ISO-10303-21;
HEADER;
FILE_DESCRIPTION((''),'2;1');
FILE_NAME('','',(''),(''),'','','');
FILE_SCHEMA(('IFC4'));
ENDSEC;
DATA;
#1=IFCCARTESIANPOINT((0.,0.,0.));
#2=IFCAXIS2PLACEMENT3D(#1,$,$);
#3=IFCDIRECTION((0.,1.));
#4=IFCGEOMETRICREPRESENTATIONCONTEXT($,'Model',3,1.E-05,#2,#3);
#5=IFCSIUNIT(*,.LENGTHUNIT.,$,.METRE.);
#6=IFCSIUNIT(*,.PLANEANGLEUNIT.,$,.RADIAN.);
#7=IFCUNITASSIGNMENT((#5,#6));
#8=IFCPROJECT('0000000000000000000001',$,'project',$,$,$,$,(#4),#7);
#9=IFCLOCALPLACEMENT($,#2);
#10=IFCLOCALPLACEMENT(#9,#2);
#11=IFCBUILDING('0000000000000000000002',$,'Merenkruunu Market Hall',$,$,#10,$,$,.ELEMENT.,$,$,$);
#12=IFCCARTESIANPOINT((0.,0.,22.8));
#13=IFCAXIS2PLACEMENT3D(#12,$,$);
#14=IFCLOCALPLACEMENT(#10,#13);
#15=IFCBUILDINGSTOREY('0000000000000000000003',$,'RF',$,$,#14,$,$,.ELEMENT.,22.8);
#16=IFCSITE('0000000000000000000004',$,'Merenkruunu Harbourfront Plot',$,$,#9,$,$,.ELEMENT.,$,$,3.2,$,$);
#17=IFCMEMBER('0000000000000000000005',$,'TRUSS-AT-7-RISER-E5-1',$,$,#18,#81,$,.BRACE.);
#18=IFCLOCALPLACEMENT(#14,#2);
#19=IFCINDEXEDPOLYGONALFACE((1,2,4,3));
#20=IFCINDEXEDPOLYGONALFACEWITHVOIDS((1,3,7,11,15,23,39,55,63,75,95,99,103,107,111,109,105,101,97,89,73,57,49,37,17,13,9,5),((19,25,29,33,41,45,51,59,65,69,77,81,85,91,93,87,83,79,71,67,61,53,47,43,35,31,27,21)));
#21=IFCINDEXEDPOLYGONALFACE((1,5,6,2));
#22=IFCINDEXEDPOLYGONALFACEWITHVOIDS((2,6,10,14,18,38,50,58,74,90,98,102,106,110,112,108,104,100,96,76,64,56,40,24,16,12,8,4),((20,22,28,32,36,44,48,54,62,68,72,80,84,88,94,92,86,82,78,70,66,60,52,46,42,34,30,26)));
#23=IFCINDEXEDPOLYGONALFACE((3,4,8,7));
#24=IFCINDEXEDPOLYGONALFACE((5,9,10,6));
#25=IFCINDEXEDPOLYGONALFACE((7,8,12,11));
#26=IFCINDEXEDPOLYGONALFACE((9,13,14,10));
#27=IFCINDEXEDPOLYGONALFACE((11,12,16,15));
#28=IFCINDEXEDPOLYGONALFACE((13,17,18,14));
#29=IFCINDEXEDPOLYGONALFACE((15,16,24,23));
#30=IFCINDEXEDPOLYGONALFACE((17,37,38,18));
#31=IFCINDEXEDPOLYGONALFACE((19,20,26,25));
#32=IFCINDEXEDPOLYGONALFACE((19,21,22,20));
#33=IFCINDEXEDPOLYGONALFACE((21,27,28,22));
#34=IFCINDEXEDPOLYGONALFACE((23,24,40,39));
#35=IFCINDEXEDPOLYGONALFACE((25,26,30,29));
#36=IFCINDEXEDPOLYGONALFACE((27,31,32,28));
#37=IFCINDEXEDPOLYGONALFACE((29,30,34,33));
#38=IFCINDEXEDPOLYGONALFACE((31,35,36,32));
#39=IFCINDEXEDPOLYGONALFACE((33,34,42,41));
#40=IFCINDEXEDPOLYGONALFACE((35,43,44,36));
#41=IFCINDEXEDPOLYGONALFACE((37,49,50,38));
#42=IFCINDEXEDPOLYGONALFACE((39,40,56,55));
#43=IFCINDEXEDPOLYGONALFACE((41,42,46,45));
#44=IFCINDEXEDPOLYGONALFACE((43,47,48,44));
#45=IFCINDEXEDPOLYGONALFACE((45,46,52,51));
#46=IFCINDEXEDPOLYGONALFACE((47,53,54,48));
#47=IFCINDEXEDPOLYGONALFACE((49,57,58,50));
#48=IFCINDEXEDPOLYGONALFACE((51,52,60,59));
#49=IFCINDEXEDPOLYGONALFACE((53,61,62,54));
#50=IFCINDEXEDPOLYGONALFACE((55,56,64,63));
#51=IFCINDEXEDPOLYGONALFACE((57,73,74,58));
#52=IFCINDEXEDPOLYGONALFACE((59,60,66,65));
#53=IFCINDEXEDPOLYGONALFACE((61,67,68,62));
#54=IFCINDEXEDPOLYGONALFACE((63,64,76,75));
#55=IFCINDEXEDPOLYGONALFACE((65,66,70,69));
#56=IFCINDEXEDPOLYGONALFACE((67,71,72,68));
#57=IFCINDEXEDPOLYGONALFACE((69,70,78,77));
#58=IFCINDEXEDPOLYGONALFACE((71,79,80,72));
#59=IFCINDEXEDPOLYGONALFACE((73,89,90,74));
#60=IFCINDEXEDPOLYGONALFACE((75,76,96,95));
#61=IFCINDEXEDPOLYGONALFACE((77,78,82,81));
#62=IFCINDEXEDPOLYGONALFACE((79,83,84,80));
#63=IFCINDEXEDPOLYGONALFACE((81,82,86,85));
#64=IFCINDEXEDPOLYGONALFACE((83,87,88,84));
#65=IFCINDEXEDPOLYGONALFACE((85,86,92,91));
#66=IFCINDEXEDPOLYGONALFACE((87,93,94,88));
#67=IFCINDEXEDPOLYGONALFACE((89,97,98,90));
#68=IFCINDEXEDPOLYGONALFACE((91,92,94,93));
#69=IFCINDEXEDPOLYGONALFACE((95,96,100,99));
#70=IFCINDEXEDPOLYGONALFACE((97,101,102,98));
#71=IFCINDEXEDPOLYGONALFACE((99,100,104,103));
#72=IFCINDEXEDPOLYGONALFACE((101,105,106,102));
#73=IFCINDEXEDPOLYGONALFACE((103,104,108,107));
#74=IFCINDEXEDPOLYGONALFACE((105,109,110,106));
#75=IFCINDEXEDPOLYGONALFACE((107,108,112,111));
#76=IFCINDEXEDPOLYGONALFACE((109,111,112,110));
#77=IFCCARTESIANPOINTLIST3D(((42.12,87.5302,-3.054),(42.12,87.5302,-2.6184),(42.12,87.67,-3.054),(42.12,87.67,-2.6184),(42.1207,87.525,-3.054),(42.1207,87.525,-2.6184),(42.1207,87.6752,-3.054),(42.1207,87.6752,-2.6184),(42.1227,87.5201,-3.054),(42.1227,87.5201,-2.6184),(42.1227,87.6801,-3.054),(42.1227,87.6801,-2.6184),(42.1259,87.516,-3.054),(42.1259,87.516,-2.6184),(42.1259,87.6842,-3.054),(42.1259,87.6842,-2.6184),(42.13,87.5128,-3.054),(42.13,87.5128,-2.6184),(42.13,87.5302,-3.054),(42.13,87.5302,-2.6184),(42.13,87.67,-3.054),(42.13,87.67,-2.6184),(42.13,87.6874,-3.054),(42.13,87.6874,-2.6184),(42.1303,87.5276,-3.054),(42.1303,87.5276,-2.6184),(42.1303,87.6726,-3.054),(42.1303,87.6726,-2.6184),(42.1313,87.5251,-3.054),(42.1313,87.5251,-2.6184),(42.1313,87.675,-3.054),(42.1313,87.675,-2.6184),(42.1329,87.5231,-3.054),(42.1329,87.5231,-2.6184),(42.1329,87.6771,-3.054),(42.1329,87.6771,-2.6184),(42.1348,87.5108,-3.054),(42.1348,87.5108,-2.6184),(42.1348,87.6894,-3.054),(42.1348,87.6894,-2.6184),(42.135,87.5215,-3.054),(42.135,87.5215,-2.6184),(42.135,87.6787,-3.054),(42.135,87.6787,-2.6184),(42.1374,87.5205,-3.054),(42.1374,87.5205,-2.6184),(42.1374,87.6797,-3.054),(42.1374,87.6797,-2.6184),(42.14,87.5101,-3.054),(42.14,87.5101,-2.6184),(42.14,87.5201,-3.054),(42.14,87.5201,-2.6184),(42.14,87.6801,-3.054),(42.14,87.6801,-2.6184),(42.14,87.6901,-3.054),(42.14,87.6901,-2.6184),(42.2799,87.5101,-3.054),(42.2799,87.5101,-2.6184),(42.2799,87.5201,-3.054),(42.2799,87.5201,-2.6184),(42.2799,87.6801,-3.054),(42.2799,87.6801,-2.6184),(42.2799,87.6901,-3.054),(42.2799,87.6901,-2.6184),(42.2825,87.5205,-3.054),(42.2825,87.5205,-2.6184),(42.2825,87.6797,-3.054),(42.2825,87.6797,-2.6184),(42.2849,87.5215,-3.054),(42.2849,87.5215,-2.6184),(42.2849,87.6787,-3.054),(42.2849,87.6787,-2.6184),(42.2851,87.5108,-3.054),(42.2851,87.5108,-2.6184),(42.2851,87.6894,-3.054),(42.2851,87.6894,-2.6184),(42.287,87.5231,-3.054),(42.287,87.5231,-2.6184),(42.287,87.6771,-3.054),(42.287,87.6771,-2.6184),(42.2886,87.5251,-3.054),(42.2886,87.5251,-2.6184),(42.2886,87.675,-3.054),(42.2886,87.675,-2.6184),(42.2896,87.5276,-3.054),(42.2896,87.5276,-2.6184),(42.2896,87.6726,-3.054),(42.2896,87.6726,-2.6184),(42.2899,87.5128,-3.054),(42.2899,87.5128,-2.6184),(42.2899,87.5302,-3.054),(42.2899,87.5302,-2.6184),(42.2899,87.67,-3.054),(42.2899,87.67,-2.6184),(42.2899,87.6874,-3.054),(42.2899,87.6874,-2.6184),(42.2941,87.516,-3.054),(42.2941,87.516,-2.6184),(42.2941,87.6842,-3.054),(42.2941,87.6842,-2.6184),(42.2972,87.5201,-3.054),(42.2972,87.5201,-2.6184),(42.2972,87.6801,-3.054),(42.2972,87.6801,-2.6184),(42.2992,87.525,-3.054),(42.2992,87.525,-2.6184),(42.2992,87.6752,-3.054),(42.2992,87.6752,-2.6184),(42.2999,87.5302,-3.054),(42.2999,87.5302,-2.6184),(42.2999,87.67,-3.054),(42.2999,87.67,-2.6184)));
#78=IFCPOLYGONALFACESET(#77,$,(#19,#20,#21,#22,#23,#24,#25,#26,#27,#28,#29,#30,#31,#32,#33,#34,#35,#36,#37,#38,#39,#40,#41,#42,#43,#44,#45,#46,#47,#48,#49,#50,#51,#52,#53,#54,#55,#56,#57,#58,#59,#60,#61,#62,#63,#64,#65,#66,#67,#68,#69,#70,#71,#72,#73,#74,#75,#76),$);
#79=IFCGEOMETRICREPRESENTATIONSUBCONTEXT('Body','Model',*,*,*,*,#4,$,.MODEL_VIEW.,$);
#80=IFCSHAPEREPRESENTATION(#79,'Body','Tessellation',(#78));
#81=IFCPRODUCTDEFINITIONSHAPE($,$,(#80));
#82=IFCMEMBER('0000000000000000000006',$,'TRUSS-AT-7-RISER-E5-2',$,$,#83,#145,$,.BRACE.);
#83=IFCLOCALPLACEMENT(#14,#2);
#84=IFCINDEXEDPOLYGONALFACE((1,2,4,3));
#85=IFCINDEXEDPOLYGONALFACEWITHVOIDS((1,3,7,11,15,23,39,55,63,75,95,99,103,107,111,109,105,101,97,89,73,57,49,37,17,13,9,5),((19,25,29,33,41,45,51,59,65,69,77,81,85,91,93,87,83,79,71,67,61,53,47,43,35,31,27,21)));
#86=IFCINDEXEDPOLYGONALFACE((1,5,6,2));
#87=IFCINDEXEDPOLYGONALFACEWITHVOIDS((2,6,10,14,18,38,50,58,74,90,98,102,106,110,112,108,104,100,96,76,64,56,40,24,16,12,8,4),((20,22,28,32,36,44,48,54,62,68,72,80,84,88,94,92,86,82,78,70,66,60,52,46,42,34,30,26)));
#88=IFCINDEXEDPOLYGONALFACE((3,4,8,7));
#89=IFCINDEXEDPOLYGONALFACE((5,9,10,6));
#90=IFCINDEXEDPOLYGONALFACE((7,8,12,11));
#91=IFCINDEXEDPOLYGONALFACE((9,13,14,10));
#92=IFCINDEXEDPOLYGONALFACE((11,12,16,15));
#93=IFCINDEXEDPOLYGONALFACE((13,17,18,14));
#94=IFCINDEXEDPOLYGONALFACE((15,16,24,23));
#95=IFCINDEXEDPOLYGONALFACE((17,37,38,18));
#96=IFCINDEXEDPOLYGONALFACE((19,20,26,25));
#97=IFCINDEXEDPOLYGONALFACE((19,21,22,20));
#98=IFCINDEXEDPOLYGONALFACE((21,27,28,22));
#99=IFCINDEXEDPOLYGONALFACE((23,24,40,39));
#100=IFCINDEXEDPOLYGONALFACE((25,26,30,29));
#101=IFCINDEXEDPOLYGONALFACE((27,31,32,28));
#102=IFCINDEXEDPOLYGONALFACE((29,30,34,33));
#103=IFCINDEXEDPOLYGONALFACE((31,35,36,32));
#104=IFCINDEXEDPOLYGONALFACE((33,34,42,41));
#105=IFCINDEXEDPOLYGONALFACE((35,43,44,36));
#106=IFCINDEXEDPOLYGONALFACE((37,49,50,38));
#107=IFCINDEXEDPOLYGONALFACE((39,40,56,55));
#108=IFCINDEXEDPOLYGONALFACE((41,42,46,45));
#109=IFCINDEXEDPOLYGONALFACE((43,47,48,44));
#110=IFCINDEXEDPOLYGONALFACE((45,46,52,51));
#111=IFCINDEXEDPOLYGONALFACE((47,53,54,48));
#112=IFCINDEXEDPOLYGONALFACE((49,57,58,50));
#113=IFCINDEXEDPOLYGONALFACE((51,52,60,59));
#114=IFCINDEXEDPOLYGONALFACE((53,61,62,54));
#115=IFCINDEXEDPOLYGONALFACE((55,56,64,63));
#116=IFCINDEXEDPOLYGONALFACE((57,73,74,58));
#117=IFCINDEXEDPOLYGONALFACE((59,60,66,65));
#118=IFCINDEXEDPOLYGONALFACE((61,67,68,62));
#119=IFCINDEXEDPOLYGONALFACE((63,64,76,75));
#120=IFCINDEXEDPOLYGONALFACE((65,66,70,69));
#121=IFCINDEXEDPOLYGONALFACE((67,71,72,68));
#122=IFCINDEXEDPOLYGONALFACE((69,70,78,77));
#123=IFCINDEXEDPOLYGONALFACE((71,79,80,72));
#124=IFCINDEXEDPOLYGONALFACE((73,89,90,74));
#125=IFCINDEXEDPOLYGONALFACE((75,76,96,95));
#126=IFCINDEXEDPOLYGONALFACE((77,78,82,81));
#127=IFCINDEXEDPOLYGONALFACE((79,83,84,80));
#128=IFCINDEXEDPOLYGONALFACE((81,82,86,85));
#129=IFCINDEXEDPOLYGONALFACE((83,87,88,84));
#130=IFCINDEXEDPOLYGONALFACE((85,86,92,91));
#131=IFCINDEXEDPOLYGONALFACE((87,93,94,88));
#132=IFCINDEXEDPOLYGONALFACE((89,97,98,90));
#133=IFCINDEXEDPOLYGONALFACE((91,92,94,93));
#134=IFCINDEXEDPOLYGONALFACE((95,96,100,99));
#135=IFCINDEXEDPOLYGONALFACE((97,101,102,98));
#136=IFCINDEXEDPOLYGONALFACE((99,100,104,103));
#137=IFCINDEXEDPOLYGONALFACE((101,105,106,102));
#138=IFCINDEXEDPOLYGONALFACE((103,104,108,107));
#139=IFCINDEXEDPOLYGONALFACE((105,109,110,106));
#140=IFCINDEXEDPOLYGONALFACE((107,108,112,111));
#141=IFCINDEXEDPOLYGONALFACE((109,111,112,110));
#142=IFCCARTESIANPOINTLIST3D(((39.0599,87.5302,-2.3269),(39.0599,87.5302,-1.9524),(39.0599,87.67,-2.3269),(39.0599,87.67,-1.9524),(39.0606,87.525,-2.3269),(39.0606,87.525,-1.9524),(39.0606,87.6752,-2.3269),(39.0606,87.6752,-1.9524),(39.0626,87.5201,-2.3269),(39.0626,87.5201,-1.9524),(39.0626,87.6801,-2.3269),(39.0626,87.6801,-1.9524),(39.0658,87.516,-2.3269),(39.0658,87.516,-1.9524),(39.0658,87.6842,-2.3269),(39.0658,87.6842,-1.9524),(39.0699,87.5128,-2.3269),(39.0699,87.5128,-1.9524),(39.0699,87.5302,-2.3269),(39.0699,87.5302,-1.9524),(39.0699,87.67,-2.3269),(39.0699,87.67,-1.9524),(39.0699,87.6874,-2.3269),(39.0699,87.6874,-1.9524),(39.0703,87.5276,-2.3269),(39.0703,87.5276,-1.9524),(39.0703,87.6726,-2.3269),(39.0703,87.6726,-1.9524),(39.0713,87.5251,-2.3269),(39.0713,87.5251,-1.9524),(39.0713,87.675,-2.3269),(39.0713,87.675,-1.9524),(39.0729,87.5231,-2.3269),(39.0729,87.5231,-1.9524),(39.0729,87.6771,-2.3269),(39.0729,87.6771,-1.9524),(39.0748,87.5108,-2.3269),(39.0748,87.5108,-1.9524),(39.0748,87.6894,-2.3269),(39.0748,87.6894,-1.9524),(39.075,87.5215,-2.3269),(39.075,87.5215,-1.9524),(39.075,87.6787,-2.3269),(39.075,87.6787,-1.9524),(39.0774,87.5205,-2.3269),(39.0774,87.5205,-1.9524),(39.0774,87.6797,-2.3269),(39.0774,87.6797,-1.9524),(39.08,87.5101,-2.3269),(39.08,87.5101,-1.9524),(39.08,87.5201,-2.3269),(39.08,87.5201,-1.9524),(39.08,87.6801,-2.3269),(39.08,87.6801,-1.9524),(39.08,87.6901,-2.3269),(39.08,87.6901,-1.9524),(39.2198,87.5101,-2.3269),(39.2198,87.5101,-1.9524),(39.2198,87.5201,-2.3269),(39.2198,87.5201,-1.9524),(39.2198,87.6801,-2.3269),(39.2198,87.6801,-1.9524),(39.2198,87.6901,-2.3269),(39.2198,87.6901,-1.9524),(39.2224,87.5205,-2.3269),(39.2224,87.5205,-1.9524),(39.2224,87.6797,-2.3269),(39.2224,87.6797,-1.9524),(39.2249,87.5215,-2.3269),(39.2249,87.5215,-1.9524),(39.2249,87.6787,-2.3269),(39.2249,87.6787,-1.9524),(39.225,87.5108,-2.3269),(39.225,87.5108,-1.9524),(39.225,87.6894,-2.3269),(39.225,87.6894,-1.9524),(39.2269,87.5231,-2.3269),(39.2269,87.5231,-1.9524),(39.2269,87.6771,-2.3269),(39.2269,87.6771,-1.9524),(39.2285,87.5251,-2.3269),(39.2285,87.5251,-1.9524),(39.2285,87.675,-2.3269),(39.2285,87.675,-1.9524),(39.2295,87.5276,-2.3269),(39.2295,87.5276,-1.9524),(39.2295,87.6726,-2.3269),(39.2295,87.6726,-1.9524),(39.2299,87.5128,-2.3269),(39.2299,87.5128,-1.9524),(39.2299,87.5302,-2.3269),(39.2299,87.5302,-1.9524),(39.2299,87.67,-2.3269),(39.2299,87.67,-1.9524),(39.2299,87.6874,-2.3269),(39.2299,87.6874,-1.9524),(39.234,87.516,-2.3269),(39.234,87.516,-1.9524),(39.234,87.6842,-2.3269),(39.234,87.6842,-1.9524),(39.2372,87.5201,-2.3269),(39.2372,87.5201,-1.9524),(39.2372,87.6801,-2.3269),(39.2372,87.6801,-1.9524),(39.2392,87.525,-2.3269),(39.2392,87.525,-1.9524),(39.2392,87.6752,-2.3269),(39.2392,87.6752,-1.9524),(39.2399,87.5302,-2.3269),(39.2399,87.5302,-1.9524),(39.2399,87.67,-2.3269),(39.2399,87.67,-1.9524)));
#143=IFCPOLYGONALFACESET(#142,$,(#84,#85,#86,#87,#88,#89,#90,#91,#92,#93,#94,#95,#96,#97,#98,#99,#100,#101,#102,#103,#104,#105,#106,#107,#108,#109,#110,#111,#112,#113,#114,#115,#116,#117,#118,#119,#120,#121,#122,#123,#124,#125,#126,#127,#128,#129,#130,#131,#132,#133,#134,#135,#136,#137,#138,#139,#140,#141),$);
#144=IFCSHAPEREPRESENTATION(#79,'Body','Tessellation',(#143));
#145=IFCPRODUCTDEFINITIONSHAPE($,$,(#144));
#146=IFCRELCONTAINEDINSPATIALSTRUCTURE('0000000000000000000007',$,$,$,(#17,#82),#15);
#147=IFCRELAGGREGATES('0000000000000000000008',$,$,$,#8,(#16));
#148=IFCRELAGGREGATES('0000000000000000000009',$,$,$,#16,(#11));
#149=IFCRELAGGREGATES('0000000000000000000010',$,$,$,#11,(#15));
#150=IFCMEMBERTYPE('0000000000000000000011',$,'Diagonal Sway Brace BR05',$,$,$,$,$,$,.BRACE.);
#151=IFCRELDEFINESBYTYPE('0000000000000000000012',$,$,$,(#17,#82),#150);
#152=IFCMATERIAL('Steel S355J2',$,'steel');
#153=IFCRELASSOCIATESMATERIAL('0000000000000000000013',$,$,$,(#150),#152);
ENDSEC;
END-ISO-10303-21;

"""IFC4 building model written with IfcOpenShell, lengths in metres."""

from ifc_helpers import new_model, si_unit, direction, frame, origin, origin_2d, place, context, subcontext, project, spatial, hollow_rectangle, extrude, material, material_profile, profile_set, type_object, element, save


model = new_model("IFC4")

# Units and contexts
model_context = context("Model", 3, precision=1e-05, world=origin(), true_north=direction((0.0, 1.0)))
body_context = subcontext(model_context, "Body", "Model", "MODEL_VIEW")
ifc_project = project(units=[si_unit("LENGTHUNIT", "METRE"), si_unit("PLANEANGLEUNIT", "RADIAN")], contexts=[model_context])

# Site, building, storey
site_placement = place(None, origin())
site = spatial("IfcSite", under=ifc_project, at=site_placement, Name="Merenkruunu Harbourfront Plot", CompositionType="ELEMENT", RefElevation=3.2)
building_placement = place(site_placement, origin())
building = spatial("IfcBuilding", under=site, at=building_placement, Name="Merenkruunu Market Hall", CompositionType="ELEMENT")
storey_placement = place(building_placement, frame((0.0, 0.0, 22.8)))
storey = spatial("IfcBuildingStorey", under=building, at=storey_placement, Name="RF", CompositionType="ELEMENT", Elevation=22.8)

# Members
ifc_material_1 = material(Name="Steel S355J2", Category="steel")
ifc_material_profile_1 = material_profile(ifc_material_1, hollow_rectangle(XDim=0.1799, YDim=0.1799, WallThickness=0.01, InnerFilletRadius=0.01, OuterFilletRadius=0.02, at=origin_2d()), Name="SHS 180x180x10")
ifc_profile_set_1 = profile_set([ifc_material_profile_1], Name="Steel S355J2")
member_type_1 = type_object("IfcMemberType", Name="Diagonal Sway Brace BR05", PredefinedType="BRACE", material=ifc_profile_set_1)
member_1_placement = place(storey_placement, frame((42.21, 87.6001, -3.054), z_axis=(0.0, 0.0, 1.0), x_axis=(1.0, 0.0, 0.0)))
element("IfcMember", 1, at=member_1_placement, inside=storey, type_object=member_type_1, Name="TRUSS-AT-7-RISER-E5-1", PredefinedType="BRACE", context=body_context, shape_type="SweptSolid", body=[
    extrude(hollow_rectangle(XDim=0.1799, YDim=0.1799, WallThickness=0.01, InnerFilletRadius=0.01, OuterFilletRadius=0.02, at=origin_2d()), origin(), (0.0, 0.0, 1.0), 0.4355),
])
member_2_placement = place(storey_placement, frame((39.1499, 87.6001, -2.3269), z_axis=(0.0, 0.0, 1.0), x_axis=(1.0, 0.0, 0.0)))
element("IfcMember", 2, at=member_2_placement, inside=storey, type_object=member_type_1, Name="TRUSS-AT-7-RISER-E5-2", PredefinedType="BRACE", context=body_context, shape_type="SweptSolid", body=[
    extrude(hollow_rectangle(XDim=0.1799, YDim=0.1799, WallThickness=0.01, InnerFilletRadius=0.01, OuterFilletRadius=0.02, at=origin_2d()), origin(), (0.0, 0.0, 1.0), 0.3745),
])

save(model, "model.ifc")
